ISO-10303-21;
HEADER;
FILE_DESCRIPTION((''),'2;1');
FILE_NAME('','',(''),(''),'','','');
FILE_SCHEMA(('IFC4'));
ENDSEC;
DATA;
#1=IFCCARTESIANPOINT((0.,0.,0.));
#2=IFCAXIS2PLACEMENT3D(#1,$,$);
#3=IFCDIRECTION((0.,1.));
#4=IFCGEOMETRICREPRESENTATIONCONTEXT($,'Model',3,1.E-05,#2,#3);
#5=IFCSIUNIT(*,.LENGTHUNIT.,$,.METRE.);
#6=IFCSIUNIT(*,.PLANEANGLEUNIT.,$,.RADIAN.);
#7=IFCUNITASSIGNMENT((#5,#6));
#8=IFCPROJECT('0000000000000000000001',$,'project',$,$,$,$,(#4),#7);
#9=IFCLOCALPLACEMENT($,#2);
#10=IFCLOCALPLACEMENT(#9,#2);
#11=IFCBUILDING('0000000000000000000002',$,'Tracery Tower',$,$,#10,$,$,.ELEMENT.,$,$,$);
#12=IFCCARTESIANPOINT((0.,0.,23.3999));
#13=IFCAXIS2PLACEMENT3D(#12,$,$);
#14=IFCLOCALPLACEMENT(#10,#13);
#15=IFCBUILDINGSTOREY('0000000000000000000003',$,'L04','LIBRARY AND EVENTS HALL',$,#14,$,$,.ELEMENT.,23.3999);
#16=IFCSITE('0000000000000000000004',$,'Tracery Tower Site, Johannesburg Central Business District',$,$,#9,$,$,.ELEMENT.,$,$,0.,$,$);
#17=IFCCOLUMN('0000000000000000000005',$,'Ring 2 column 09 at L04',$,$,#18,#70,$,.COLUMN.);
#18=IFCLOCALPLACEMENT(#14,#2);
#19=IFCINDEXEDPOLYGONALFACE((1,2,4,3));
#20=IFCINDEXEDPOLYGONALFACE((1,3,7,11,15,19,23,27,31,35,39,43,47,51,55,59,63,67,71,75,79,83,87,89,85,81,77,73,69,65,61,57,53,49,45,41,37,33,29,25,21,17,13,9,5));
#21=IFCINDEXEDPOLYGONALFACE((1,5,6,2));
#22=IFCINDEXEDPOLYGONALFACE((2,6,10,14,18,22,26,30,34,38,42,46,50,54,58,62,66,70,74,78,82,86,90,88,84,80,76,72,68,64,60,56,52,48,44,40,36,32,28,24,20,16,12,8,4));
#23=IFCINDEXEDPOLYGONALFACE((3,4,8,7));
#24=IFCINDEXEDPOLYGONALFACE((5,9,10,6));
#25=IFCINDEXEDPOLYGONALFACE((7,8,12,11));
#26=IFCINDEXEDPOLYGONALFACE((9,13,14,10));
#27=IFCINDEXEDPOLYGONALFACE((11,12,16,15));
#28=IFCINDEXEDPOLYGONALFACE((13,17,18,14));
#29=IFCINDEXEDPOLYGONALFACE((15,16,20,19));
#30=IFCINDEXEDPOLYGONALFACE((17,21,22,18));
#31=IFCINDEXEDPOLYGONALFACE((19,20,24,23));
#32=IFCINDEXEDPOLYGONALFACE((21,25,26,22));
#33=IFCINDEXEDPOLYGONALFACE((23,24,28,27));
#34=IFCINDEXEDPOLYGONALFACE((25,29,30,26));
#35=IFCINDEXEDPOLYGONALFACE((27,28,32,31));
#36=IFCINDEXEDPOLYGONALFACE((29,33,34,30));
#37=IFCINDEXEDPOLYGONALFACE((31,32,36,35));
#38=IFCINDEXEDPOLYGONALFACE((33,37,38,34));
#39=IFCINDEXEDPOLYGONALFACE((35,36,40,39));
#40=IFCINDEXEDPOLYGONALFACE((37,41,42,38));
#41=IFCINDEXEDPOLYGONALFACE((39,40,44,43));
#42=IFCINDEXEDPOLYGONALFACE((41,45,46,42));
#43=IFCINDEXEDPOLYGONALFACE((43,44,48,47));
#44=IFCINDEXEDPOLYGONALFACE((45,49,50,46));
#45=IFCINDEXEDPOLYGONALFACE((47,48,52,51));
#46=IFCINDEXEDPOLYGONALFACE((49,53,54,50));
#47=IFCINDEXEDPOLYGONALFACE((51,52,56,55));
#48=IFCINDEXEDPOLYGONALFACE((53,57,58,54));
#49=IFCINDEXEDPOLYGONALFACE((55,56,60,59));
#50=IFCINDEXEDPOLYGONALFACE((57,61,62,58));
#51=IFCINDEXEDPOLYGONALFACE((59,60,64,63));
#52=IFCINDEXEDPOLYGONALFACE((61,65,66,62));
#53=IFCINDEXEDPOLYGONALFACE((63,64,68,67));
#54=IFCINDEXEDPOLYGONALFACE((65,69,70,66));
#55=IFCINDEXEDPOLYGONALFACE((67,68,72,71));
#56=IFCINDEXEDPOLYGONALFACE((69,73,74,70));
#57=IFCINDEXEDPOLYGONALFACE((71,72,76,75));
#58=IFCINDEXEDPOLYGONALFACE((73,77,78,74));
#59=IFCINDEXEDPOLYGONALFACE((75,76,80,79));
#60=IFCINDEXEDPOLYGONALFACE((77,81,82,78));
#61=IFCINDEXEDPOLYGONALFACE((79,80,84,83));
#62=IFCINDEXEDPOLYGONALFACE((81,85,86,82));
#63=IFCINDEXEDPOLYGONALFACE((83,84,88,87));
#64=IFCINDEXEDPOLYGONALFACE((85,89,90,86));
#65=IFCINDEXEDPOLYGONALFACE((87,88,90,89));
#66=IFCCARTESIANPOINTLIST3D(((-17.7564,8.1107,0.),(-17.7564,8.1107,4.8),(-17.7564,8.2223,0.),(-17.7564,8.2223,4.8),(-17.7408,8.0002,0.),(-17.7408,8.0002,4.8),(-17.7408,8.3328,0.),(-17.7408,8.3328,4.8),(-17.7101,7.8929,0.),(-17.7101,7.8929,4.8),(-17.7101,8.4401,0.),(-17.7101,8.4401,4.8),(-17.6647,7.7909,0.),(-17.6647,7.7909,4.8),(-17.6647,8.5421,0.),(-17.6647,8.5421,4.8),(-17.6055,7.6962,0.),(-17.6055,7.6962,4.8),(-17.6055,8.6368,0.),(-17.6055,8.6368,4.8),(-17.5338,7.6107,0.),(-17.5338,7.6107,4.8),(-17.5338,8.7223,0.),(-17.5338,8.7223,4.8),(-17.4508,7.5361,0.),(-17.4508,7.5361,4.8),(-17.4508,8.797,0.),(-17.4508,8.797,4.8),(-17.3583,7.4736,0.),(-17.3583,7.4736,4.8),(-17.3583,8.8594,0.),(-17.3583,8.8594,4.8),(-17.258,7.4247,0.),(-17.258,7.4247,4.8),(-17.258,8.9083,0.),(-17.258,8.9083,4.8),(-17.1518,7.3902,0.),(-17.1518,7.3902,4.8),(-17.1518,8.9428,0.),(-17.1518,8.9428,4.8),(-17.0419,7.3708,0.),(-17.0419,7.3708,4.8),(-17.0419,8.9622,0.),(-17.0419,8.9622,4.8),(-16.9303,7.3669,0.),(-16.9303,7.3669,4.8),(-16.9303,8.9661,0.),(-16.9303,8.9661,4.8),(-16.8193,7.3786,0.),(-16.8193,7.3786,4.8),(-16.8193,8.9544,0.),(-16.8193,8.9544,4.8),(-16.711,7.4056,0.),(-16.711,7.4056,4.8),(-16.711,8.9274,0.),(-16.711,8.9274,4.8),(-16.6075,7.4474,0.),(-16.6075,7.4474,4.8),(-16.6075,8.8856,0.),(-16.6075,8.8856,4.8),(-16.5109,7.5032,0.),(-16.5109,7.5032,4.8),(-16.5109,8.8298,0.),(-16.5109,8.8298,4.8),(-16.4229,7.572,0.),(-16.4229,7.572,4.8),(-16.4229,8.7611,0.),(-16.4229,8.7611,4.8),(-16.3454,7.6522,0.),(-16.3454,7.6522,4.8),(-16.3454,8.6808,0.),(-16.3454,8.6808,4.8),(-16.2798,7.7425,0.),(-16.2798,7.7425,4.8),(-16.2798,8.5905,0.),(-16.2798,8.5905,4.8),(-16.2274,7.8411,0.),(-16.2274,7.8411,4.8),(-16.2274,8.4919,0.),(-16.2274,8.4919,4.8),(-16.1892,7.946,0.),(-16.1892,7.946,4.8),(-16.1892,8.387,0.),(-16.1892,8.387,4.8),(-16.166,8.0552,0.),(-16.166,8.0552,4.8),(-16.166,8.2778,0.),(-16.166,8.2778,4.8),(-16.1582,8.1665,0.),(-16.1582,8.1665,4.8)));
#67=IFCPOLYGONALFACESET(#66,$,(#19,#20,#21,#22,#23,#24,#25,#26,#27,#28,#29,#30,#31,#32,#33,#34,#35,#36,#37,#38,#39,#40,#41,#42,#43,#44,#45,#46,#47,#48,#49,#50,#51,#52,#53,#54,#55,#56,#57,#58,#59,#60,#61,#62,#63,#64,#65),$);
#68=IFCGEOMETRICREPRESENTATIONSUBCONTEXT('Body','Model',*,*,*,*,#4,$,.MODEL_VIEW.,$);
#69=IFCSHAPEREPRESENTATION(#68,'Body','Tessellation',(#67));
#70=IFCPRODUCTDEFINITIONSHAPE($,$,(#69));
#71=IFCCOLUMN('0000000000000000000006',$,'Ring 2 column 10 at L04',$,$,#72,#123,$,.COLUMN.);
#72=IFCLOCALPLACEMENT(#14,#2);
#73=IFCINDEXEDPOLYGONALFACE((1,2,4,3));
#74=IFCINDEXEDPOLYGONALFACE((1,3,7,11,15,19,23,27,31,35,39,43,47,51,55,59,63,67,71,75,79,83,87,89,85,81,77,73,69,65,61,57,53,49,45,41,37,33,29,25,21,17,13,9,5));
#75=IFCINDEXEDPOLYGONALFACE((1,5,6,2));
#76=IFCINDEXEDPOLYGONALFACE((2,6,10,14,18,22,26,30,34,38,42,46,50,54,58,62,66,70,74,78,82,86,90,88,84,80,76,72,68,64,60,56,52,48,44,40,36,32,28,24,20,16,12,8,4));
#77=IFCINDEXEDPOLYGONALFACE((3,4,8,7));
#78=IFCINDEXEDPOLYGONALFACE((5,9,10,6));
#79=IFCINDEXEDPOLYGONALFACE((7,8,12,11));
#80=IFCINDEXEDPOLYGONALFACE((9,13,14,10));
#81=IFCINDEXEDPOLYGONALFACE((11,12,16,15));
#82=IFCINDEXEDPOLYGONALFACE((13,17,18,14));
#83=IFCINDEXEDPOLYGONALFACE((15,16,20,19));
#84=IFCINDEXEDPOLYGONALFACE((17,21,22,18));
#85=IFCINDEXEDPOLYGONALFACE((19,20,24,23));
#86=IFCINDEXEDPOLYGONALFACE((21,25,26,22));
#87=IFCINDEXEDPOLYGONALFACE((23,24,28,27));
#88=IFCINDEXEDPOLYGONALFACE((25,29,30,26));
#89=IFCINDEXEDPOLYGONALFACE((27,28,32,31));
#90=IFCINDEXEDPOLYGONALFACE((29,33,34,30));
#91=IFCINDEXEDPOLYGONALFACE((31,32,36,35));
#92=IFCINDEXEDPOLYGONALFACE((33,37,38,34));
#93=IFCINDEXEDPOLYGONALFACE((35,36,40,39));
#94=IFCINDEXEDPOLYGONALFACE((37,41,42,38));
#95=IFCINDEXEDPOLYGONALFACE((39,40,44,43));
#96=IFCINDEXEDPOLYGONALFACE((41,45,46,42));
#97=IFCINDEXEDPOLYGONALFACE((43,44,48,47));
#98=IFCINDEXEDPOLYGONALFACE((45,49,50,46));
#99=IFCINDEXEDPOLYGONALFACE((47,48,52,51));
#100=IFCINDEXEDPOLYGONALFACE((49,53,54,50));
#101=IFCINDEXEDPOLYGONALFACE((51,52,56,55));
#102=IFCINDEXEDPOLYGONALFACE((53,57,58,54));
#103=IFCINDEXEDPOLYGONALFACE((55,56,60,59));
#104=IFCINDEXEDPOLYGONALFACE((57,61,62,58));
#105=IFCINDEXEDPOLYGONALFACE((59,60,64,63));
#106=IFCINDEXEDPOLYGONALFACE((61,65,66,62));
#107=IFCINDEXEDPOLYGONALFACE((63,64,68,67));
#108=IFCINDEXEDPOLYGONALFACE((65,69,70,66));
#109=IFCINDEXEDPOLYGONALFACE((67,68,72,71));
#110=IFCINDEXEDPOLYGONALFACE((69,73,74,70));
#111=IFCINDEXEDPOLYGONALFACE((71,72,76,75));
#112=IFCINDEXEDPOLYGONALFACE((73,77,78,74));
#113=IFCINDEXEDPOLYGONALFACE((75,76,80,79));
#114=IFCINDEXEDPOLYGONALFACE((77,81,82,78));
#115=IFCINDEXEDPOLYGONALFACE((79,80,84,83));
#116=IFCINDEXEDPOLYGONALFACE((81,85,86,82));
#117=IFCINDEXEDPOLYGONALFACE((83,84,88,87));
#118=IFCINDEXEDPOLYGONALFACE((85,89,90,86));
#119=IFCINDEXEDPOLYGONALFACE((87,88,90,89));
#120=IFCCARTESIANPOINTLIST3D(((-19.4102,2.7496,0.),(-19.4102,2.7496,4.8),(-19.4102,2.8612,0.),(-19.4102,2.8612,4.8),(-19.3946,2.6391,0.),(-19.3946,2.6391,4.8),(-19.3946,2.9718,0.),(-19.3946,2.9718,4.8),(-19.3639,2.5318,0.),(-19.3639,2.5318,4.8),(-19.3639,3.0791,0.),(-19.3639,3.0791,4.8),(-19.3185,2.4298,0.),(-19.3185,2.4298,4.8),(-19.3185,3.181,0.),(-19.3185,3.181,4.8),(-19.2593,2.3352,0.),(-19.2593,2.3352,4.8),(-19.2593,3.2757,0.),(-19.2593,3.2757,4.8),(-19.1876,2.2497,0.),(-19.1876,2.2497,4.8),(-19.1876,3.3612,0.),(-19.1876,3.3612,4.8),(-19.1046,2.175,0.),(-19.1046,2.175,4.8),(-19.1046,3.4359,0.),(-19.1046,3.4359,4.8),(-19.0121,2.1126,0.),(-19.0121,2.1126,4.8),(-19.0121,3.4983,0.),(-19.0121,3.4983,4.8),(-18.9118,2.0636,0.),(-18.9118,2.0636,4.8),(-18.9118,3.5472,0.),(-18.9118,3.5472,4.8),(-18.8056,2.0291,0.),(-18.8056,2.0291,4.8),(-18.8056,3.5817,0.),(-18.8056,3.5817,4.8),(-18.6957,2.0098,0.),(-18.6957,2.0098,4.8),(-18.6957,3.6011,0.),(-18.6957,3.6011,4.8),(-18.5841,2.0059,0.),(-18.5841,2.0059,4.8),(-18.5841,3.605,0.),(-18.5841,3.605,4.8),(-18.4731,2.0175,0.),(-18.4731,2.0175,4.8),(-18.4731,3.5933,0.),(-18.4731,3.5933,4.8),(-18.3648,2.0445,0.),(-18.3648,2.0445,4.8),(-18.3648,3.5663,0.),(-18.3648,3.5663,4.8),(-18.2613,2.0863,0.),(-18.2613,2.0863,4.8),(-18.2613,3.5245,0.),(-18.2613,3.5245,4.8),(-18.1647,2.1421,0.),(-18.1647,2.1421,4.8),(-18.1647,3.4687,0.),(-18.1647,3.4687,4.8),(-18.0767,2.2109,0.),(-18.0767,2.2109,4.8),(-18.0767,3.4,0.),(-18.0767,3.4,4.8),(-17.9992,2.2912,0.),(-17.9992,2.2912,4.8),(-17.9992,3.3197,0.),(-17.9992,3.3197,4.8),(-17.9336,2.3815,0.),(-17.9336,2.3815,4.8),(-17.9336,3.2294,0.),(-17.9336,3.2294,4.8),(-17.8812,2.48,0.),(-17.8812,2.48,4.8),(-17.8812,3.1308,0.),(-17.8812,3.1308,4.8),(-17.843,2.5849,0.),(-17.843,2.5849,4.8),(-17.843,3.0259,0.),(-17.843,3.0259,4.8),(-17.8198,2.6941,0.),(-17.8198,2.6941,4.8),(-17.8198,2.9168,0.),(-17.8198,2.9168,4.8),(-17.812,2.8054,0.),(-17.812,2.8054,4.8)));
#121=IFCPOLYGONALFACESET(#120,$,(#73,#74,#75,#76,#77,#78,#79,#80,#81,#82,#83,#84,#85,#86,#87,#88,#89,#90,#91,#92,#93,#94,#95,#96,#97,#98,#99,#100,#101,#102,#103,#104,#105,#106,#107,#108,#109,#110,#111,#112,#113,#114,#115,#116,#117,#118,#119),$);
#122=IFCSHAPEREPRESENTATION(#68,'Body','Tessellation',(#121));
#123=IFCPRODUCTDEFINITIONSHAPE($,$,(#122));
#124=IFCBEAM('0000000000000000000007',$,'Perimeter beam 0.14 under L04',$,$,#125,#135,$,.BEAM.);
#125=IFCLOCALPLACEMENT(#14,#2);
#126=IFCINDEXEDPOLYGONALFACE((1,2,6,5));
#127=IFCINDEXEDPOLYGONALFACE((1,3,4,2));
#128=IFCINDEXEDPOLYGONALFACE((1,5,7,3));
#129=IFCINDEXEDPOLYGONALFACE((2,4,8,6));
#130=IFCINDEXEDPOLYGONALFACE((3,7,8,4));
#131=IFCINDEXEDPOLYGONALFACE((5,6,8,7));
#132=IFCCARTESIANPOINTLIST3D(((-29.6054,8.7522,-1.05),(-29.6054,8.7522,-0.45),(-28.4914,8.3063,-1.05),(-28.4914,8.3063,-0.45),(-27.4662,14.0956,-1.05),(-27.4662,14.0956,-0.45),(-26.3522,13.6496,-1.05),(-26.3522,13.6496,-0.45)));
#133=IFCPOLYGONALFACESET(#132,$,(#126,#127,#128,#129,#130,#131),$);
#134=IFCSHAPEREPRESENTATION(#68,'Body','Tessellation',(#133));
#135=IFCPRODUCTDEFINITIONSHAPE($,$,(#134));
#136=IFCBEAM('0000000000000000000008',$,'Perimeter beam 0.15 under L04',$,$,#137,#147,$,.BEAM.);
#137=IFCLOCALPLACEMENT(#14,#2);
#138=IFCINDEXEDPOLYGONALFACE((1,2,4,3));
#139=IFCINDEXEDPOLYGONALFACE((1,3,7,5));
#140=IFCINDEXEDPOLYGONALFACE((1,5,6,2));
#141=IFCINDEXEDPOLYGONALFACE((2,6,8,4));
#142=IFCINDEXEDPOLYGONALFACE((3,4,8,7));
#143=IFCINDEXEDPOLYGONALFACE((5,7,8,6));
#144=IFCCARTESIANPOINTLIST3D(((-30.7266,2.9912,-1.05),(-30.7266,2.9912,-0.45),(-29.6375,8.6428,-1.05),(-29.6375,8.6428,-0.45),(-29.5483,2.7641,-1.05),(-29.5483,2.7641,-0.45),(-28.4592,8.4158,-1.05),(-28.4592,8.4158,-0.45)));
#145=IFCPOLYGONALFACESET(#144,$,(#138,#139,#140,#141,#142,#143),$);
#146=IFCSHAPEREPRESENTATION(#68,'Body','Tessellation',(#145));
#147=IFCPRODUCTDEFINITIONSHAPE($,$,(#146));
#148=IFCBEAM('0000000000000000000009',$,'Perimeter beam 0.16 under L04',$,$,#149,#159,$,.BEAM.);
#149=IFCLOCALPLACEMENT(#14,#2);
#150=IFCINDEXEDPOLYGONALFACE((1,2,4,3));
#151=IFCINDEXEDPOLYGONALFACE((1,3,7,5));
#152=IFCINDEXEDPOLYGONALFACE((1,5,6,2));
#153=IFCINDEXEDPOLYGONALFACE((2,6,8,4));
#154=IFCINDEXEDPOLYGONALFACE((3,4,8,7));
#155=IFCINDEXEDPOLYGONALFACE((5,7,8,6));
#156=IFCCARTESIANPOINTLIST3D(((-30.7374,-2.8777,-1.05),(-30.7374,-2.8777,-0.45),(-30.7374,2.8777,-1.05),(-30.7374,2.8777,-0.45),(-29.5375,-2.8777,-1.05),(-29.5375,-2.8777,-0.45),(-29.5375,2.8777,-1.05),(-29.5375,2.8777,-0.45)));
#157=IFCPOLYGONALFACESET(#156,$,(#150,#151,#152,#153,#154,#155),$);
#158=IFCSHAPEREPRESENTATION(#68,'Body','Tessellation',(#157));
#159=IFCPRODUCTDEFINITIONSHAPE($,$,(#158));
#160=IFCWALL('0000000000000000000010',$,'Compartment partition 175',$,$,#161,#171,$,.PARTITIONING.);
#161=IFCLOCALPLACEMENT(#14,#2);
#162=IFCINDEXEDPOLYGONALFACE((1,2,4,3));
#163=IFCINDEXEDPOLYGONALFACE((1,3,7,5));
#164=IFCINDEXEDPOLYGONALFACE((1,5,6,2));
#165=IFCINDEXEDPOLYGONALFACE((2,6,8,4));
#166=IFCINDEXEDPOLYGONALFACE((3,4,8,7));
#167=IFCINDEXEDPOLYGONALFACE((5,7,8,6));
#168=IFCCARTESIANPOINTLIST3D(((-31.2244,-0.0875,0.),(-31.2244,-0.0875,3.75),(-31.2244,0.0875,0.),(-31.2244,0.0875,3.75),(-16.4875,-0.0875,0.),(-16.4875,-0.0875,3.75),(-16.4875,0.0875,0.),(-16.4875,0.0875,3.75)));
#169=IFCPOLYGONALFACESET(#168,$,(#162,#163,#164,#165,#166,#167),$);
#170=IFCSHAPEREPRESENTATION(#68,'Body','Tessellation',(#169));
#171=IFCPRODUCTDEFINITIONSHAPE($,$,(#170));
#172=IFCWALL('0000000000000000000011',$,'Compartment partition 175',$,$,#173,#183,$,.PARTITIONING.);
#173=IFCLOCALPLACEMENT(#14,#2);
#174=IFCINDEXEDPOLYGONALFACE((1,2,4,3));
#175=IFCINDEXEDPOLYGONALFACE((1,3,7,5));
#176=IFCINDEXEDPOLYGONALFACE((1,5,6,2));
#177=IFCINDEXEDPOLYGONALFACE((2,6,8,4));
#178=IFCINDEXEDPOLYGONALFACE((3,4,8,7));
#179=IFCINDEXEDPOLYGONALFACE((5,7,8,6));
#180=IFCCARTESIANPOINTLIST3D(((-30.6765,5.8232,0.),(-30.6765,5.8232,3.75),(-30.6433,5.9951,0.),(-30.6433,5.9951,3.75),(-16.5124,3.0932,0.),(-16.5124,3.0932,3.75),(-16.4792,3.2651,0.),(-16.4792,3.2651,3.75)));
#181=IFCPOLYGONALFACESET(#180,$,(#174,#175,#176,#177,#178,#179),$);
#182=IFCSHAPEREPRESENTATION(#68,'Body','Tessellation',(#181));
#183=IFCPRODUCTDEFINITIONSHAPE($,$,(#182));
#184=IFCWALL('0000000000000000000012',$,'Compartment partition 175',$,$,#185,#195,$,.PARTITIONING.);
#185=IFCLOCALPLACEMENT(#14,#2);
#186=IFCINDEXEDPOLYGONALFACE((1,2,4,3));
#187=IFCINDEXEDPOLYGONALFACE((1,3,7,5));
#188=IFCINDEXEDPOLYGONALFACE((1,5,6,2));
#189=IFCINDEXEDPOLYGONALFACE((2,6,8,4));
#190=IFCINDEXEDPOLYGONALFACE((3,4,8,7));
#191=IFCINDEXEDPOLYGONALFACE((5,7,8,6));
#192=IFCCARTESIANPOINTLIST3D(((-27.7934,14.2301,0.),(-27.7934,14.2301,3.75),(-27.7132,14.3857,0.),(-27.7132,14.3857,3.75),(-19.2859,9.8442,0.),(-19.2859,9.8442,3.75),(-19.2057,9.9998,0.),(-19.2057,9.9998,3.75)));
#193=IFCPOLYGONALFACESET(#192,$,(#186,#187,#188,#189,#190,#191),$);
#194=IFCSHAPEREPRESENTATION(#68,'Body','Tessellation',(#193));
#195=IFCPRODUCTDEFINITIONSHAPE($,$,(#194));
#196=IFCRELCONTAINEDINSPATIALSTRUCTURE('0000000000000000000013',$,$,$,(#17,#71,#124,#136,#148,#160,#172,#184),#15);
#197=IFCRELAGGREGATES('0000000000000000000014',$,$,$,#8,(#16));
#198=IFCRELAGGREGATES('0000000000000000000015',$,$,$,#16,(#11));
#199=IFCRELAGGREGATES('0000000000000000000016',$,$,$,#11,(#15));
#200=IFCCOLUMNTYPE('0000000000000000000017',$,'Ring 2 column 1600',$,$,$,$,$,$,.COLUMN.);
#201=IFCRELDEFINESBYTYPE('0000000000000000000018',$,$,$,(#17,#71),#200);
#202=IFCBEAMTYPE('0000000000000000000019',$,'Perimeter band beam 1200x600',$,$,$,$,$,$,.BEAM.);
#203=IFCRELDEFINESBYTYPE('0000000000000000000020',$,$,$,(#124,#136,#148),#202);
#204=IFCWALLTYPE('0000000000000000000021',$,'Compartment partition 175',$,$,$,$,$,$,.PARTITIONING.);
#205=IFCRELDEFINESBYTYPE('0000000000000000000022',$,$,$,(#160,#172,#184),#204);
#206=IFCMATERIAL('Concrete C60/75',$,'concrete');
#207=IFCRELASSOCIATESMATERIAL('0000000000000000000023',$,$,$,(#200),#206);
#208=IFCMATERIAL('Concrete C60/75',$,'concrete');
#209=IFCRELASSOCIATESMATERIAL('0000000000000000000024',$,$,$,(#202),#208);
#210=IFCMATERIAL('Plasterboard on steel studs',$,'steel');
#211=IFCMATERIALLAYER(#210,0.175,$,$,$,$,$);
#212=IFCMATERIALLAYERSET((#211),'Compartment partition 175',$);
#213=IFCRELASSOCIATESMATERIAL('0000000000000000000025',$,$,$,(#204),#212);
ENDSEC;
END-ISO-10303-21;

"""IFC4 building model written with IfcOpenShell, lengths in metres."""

from ifc_helpers import new_model, si_unit, direction, frame, frame_2d, origin, origin_2d, place, context, subcontext, project, spatial, rectangle, circle, extrude, material, layer, layer_set, material_profile, profile_set, type_object, element, save


model = new_model("IFC4")

# Units and contexts
model_context = context("Model", 3, precision=1e-05, world=origin(), true_north=direction((0.0, 1.0)))
body_context = subcontext(model_context, "Body", "Model", "MODEL_VIEW")
ifc_project = project(units=[si_unit("LENGTHUNIT", "METRE"), si_unit("PLANEANGLEUNIT", "RADIAN")], contexts=[model_context])

# Site, building, storey
site_placement = place(None, origin())
site = spatial("IfcSite", under=ifc_project, at=site_placement, Name="Tracery Tower Site, Johannesburg Central Business District", CompositionType="ELEMENT", RefElevation=0.0)
building_placement = place(site_placement, origin())
building = spatial("IfcBuilding", under=site, at=building_placement, Name="Tracery Tower", CompositionType="ELEMENT")
storey_placement = place(building_placement, frame((0.0, 0.0, 23.3999)))
storey = spatial("IfcBuildingStorey", under=building, at=storey_placement, Name="L04", Description="LIBRARY AND EVENTS HALL", CompositionType="ELEMENT", Elevation=23.3999)

# Columns
ifc_material_1 = material(Name="Concrete C60/75", Category="concrete")
ifc_material_profile_1 = material_profile(ifc_material_1, circle(Radius=0.8, at=origin_2d()), Name="RC D1600")
ifc_profile_set_1 = profile_set([ifc_material_profile_1], Name="Concrete C60/75")
column_type_1 = type_object("IfcColumnType", Name="Ring 2 column 1600", PredefinedType="COLUMN", material=ifc_profile_set_1)
for number, where, z_axis, x_axis, name in (
    (1, (-16.9583, 8.1665, 0.0), (0.0, 0.0, 1.0), (1.0, 0.0, 0.0), "Ring 2 column 09 at L04"),
    (2, (-18.6121, 2.8054, 0.0), (0.0, 0.0, 1.0), (1.0, 0.0, 0.0), "Ring 2 column 10 at L04"),
):
    element("IfcColumn", number, at=place(storey_placement, frame(where, z_axis=z_axis, x_axis=x_axis)), inside=storey, type_object=column_type_1, Name=name, PredefinedType="COLUMN", context=body_context, shape_type="SweptSolid", body=[
        extrude(circle(Radius=0.8, at=origin_2d()), origin(), (0.0, 0.0, 1.0), 4.8),
    ])

# Beams
ifc_material_2 = material(Name="Concrete C60/75", Category="concrete")
ifc_material_profile_2 = material_profile(ifc_material_2, rectangle(XDim=1.2, YDim=0.6001, at=origin_2d()), Name="RC 1200x600")
ifc_profile_set_2 = profile_set([ifc_material_profile_2], Name="Concrete C60/75")
beam_type = type_object("IfcBeamType", Name="Perimeter band beam 1200x600", PredefinedType="BEAM", material=ifc_profile_set_2)
for number, where, z_axis, x_axis, name in (
    (3, (-26.9092, 13.8726, -0.75), (-0.371669, -0.928365, 0.0), (0.928365, -0.371669, 0.0), "Perimeter beam 0.14 under L04"),
    (4, (-29.0483, 8.5293, -0.75), (-0.189227, -0.981933, 0.0), (0.981933, -0.189227, 0.0), "Perimeter beam 0.15 under L04"),
):
    element("IfcBeam", number, at=place(storey_placement, frame(where, z_axis=z_axis, x_axis=x_axis)), inside=storey, type_object=beam_type, Name=name, PredefinedType="BEAM", context=body_context, shape_type="SweptSolid", body=[
        extrude(rectangle(XDim=1.2, YDim=0.6001, at=origin_2d()), origin(), (0.0, 0.0, 1.0), 5.7556),
    ])
beam_placement = place(storey_placement, frame((-30.1375, 2.8777, -0.75), z_axis=(0.0, -1.0, 0.0), x_axis=(1.0, 0.0, 0.0)))
element("IfcBeam", 5, at=beam_placement, inside=storey, type_object=beam_type, Name="Perimeter beam 0.16 under L04", PredefinedType="BEAM", context=body_context, shape_type="SweptSolid", body=[
    extrude(rectangle(XDim=1.2, YDim=0.6001, at=origin_2d()), origin(), (0.0, 0.0, 1.0), 5.7554),
])

# Walls
ifc_material_3 = material(Name="Plasterboard on steel studs", Category="steel")
ifc_layer_1 = layer(ifc_material_3, 0.175)
ifc_layer_set_1 = layer_set([ifc_layer_1], Name="Compartment partition 175")
wall_type_1 = type_object("IfcWallType", Name="Compartment partition 175", PredefinedType="PARTITIONING", material=ifc_layer_set_1)
wall_1_placement = place(storey_placement, frame((-31.2244, 0.0, 0.0), z_axis=(0.0, 0.0, 1.0), x_axis=(1.0, 0.0, 0.0)))
element("IfcWall", 6, at=wall_1_placement, inside=storey, type_object=wall_type_1, Name="Compartment partition 175", PredefinedType="PARTITIONING", context=body_context, shape_type="SweptSolid", body=[
    extrude(rectangle(XDim=14.7368, YDim=0.175, at=frame_2d((7.3684, 0.0))), origin(), (0.0, 0.0, 1.0), 3.75),
])
wall_2_placement = place(storey_placement, frame((-30.6599, 5.9092, 0.0), z_axis=(0.0, 0.0, 1.0), x_axis=(0.981928, -0.189257, 0.0)))
element("IfcWall", 7, at=wall_2_placement, inside=storey, type_object=wall_type_1, Name="Compartment partition 175", PredefinedType="PARTITIONING", context=body_context, shape_type="SweptSolid", body=[
    extrude(rectangle(XDim=14.4248, YDim=0.175, at=frame_2d((7.2124, 0.0))), origin(), (0.0, 0.0, 1.0), 3.75),
])
wall_3_placement = place(storey_placement, frame((-27.7532, 14.3079, 0.0), z_axis=(0.0, 0.0, 1.0), x_axis=(0.888834, -0.458229, 0.0)))
element("IfcWall", 8, at=wall_3_placement, inside=storey, type_object=wall_type_1, Name="Compartment partition 175", PredefinedType="PARTITIONING", context=body_context, shape_type="SweptSolid", body=[
    extrude(rectangle(XDim=9.5715, YDim=0.175, at=frame_2d((4.7856, 0.0))), origin(), (0.0, 0.0, 1.0), 3.75),
])

save(model, "model.ifc")
